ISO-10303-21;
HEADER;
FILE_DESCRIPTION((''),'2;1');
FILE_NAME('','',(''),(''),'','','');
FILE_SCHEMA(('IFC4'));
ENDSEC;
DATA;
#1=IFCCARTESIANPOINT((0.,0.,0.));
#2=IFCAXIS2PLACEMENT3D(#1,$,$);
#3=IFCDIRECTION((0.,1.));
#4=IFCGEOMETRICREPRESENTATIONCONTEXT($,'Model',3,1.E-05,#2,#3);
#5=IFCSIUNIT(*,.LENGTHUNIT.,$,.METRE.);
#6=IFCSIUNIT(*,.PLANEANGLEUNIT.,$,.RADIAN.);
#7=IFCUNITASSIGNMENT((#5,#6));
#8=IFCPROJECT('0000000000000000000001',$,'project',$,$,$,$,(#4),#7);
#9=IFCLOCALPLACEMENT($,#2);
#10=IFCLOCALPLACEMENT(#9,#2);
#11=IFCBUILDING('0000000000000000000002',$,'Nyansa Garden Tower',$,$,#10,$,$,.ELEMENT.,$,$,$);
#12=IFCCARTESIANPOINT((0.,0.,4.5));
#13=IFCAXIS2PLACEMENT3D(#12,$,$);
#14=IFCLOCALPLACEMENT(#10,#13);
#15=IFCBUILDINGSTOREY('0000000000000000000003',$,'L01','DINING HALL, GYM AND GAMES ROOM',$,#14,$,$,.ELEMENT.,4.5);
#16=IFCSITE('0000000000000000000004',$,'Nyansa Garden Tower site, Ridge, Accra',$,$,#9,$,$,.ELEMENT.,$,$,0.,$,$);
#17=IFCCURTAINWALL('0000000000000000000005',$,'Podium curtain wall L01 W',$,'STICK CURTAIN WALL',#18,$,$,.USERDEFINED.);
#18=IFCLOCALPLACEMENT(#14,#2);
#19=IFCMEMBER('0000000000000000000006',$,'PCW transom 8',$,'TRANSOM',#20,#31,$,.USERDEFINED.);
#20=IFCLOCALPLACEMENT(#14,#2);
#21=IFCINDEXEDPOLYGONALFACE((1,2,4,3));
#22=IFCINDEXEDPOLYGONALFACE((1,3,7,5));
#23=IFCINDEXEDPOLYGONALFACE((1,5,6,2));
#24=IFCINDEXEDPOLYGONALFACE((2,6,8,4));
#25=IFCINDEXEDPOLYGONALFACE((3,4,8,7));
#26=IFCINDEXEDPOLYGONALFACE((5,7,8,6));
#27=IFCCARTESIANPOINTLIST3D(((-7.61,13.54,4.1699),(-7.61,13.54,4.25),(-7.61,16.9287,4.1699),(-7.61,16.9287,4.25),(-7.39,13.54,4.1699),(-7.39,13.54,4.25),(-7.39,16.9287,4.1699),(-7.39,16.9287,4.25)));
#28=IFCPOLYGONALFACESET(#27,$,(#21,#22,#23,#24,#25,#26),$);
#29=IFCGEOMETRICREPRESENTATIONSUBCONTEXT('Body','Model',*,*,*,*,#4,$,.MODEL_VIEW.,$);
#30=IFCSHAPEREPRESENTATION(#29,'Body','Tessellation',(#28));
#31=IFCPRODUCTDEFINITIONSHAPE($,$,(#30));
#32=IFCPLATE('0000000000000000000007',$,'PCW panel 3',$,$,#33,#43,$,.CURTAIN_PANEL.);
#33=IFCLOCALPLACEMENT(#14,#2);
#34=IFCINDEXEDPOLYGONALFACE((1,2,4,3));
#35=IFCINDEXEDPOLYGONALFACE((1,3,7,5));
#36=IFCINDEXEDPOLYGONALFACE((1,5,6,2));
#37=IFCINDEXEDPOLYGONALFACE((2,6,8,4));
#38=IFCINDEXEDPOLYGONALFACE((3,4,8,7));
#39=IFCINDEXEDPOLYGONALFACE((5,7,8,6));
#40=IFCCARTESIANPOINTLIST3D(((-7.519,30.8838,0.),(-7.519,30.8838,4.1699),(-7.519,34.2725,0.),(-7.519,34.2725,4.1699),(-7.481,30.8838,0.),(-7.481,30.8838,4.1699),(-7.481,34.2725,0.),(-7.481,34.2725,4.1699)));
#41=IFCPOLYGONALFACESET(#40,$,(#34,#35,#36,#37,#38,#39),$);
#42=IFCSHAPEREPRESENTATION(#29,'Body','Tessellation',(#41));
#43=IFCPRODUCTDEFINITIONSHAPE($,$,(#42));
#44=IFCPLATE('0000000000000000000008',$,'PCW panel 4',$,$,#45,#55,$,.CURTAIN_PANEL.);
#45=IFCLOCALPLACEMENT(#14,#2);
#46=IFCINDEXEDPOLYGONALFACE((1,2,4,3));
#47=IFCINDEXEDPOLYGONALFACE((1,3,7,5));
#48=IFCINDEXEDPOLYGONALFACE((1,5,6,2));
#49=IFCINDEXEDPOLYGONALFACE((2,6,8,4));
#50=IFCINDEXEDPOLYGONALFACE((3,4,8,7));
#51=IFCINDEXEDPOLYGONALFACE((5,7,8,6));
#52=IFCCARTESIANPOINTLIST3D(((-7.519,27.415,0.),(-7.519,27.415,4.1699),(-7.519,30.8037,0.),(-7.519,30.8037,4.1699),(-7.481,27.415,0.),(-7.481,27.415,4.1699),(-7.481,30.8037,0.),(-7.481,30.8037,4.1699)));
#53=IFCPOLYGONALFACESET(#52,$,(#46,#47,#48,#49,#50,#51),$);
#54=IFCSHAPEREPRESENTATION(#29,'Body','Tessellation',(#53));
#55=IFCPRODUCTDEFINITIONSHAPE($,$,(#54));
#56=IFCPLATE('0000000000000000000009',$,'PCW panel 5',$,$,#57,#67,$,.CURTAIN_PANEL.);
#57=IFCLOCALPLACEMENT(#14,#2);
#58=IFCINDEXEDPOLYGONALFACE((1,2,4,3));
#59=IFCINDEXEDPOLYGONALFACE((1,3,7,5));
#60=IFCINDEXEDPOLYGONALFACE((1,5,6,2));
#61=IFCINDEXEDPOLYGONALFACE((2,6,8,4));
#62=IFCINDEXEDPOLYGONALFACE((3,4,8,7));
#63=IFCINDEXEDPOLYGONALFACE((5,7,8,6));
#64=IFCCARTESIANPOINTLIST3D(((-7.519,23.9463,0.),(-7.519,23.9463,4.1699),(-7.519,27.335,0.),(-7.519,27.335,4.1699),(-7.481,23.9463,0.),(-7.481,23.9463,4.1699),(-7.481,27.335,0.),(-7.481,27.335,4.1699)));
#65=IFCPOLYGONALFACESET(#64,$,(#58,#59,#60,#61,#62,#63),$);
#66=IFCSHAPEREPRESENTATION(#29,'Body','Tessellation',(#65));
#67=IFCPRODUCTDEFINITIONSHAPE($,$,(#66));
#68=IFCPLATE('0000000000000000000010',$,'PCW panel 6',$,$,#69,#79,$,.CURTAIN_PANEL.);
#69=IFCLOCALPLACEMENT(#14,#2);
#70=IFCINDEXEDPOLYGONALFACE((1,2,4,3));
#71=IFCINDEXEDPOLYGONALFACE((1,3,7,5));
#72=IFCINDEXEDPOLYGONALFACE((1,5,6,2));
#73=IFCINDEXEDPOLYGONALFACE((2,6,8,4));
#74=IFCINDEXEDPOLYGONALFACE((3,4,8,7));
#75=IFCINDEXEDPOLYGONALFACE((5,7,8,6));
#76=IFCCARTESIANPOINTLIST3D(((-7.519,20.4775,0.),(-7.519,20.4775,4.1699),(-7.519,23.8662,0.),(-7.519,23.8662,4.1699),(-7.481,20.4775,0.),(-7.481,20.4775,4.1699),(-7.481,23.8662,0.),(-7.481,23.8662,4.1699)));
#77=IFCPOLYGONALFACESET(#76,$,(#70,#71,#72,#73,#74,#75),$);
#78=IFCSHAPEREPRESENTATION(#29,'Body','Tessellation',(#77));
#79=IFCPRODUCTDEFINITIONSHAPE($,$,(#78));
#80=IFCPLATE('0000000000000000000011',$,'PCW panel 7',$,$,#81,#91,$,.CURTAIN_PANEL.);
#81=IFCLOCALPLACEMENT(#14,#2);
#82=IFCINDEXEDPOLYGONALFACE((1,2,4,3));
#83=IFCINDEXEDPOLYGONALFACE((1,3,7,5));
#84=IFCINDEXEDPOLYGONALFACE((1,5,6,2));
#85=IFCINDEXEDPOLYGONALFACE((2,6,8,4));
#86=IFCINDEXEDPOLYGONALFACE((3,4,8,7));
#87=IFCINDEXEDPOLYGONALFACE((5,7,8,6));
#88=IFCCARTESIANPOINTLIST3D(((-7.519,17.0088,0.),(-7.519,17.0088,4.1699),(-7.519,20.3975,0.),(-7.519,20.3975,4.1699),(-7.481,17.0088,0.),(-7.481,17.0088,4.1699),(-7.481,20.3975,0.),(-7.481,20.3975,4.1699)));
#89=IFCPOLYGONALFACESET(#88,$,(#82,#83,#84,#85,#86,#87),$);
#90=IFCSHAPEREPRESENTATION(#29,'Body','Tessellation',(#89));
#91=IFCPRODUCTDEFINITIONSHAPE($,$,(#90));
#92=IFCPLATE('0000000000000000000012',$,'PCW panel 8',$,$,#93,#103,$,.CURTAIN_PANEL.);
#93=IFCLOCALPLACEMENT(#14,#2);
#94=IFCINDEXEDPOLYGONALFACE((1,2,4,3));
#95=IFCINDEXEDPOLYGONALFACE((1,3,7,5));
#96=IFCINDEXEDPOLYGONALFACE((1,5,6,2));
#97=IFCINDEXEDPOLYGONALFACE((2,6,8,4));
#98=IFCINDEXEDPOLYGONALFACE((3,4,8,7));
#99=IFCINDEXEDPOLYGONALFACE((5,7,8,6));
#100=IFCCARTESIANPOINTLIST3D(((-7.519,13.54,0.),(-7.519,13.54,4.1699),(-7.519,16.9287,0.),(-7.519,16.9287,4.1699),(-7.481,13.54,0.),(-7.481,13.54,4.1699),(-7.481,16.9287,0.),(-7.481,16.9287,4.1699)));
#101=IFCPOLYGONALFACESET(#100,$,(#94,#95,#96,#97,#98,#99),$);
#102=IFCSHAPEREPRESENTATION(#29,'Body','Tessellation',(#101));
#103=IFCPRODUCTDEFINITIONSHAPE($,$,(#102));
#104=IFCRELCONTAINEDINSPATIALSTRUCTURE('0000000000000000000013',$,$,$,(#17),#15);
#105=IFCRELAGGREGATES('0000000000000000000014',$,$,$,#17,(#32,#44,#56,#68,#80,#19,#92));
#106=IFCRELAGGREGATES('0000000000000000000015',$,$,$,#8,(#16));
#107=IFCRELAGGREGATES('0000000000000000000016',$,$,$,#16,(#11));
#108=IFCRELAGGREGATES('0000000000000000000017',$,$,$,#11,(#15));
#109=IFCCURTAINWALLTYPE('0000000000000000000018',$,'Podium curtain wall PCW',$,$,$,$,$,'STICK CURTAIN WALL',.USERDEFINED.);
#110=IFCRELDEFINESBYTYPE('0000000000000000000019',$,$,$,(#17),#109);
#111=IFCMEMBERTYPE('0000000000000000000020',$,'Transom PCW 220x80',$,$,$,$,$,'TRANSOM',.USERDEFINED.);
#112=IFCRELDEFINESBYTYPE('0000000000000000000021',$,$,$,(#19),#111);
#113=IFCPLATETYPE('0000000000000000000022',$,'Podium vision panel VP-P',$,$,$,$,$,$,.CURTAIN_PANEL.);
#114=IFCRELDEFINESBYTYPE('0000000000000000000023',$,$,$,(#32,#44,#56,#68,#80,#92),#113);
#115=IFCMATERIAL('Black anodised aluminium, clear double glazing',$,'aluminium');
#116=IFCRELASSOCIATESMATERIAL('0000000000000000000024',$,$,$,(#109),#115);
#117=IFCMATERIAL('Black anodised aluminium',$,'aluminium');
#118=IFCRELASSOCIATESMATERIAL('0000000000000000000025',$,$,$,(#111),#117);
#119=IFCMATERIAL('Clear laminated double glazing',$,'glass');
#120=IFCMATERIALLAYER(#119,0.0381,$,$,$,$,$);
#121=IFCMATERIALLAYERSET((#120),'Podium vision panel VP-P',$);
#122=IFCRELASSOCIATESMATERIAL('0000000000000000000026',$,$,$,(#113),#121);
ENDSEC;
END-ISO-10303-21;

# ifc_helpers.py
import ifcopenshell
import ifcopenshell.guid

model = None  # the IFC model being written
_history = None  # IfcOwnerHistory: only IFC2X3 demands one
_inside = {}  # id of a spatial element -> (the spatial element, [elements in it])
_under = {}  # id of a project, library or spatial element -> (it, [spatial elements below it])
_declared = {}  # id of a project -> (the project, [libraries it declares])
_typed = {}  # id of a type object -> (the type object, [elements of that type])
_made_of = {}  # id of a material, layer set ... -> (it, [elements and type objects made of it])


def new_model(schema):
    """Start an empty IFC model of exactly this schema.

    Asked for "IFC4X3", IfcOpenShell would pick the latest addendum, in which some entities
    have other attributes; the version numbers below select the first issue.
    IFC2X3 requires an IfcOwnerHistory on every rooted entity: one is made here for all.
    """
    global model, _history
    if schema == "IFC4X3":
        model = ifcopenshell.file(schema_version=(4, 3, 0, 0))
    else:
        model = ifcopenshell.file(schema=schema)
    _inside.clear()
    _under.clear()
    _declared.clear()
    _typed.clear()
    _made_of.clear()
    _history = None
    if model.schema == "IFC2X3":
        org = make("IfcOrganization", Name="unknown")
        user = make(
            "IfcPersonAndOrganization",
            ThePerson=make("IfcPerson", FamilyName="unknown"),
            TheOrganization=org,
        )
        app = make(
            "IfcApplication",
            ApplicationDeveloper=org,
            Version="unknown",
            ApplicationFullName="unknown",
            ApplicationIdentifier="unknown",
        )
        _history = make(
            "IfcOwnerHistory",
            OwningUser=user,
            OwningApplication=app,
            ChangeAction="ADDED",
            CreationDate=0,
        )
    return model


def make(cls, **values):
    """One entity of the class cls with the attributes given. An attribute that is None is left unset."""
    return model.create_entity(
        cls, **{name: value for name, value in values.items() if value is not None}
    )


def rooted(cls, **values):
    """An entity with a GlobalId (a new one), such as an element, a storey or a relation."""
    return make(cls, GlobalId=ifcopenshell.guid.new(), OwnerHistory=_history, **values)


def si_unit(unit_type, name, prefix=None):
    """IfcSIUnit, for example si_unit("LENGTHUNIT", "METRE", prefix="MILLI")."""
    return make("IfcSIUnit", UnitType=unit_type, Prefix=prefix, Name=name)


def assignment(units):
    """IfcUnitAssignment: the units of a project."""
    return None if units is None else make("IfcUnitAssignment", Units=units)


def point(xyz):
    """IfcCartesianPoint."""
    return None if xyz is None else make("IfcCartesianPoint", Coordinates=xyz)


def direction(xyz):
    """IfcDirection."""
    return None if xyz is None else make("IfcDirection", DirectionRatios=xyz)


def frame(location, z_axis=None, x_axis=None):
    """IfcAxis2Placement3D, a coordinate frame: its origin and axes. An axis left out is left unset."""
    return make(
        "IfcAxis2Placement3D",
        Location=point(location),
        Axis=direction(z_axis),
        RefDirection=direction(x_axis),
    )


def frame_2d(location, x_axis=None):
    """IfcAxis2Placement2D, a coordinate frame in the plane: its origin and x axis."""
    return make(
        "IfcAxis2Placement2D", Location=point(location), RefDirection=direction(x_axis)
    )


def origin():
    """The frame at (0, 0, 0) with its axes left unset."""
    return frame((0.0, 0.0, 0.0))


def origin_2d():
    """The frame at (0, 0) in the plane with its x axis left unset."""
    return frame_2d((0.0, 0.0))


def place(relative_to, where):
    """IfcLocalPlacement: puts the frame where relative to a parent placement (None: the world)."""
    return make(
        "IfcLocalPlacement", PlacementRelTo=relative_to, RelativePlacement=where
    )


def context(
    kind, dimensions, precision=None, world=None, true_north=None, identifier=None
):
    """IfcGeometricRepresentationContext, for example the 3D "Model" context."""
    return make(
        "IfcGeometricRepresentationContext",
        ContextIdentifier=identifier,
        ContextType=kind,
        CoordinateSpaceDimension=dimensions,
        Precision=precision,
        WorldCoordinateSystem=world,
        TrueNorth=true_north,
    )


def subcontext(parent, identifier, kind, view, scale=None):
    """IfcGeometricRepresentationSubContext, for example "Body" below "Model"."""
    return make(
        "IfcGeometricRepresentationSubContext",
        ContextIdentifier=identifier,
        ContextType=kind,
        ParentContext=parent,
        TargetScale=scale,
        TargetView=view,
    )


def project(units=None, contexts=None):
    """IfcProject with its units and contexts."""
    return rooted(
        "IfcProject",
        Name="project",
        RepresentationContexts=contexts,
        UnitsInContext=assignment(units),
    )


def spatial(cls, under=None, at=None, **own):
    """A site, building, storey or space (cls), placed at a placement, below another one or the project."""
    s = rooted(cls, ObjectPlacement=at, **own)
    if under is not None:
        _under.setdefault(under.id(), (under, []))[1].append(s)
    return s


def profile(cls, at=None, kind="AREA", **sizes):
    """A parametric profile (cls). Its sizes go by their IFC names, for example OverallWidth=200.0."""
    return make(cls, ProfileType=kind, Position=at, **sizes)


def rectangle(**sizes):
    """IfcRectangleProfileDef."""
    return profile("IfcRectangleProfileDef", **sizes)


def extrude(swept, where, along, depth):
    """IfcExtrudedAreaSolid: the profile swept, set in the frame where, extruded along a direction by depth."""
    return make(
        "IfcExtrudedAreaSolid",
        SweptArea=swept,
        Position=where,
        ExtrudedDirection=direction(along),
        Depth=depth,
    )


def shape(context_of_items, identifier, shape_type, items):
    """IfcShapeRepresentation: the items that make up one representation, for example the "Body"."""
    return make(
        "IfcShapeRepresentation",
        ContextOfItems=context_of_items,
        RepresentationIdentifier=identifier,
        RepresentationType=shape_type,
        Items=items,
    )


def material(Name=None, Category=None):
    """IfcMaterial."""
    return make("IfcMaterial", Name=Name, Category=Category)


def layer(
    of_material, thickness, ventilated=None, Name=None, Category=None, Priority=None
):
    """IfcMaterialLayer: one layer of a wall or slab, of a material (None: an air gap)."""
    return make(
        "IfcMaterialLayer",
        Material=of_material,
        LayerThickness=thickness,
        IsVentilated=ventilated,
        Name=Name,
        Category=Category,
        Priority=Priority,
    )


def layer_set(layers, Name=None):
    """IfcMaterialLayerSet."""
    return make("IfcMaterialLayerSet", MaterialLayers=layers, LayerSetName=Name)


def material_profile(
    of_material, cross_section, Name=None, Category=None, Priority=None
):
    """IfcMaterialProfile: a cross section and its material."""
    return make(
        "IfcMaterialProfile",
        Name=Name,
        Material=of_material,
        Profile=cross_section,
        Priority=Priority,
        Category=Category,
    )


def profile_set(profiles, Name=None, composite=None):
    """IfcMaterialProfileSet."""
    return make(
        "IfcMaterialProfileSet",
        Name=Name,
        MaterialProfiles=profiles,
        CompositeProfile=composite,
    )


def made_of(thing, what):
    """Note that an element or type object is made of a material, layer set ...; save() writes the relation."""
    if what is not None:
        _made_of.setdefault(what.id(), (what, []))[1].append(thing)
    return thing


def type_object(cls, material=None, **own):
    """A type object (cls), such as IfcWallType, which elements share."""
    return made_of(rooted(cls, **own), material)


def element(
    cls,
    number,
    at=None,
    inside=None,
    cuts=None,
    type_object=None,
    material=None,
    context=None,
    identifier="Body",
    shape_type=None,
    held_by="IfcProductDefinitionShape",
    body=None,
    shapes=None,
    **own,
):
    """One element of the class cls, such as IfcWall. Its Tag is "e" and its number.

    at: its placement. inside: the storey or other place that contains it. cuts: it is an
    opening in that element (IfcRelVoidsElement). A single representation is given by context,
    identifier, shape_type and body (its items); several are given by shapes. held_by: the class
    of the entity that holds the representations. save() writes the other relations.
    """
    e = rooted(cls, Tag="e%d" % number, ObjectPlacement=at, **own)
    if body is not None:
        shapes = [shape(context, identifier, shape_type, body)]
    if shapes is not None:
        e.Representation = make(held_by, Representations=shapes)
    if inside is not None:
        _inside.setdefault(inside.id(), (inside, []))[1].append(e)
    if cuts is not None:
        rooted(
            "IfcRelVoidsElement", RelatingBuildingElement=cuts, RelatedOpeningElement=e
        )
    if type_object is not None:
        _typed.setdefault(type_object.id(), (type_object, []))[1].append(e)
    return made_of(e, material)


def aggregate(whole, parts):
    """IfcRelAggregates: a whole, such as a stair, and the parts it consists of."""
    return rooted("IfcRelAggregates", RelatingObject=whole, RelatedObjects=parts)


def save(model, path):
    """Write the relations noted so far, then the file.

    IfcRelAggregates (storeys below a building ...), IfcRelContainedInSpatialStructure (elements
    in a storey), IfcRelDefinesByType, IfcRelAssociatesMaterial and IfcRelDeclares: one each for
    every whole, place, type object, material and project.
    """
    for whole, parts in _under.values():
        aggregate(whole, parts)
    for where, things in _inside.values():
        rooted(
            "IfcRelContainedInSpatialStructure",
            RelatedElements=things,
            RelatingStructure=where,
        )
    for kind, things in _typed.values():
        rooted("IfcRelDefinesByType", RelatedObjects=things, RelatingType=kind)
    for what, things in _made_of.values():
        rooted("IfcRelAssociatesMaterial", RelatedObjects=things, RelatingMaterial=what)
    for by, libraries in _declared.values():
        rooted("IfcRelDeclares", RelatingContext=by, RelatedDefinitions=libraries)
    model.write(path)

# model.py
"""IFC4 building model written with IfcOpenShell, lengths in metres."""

from ifc_helpers import new_model, si_unit, direction, frame, origin, origin_2d, place, context, subcontext, project, spatial, rectangle, extrude, material, layer, layer_set, material_profile, profile_set, type_object, element, aggregate, save


model = new_model("IFC4")

# Units and contexts
model_context = context("Model", 3, precision=1e-05, world=origin(), true_north=direction((0.0, 1.0)))
body_context = subcontext(model_context, "Body", "Model", "MODEL_VIEW")
ifc_project = project(units=[si_unit("LENGTHUNIT", "METRE"), si_unit("PLANEANGLEUNIT", "RADIAN")], contexts=[model_context])

# Site, building, storey
site_placement = place(None, origin())
site = spatial("IfcSite", under=ifc_project, at=site_placement, Name="Nyansa Garden Tower site, Ridge, Accra", CompositionType="ELEMENT", RefElevation=0.0)
building_placement = place(site_placement, origin())
building = spatial("IfcBuilding", under=site, at=building_placement, Name="Nyansa Garden Tower", CompositionType="ELEMENT")
storey_placement = place(building_placement, frame((0.0, 0.0, 4.5)))
storey = spatial("IfcBuildingStorey", under=building, at=storey_placement, Name="L01", Description="DINING HALL, GYM AND GAMES ROOM", CompositionType="ELEMENT", Elevation=4.5)

# Curtain wall
ifc_material_1 = material(Name="Black anodised aluminium, clear double glazing", Category="aluminium")
curtain_wall_type = type_object("IfcCurtainWallType", Name="Podium curtain wall PCW", ElementType="STICK CURTAIN WALL", PredefinedType="USERDEFINED", material=ifc_material_1)
curtain_wall_placement = place(storey_placement, origin())
curtain_wall = element("IfcCurtainWall", 1, at=curtain_wall_placement, inside=storey, type_object=curtain_wall_type, Name="Podium curtain wall L01 W", ObjectType="STICK CURTAIN WALL", PredefinedType="USERDEFINED")

# Member
ifc_material_2 = material(Name="Black anodised aluminium", Category="aluminium")
ifc_material_profile_1 = material_profile(ifc_material_2, rectangle(XDim=0.22, YDim=0.0801, at=origin_2d()), Name="Transom 220x80")
ifc_profile_set_1 = profile_set([ifc_material_profile_1], Name="Black anodised aluminium")
member_type_1 = type_object("IfcMemberType", Name="Transom PCW 220x80", ElementType="TRANSOM", PredefinedType="USERDEFINED", material=ifc_profile_set_1)
member_1_placement = place(storey_placement, frame((-7.5, 16.9287, 4.21), z_axis=(0.0, -1.0, 0.0), x_axis=(1.0, 0.0, 0.0)))
member_1 = element("IfcMember", 2, at=member_1_placement, type_object=member_type_1, Name="PCW transom 8", ObjectType="TRANSOM", PredefinedType="USERDEFINED", context=body_context, shape_type="SweptSolid", body=[
    extrude(rectangle(XDim=0.22, YDim=0.0801, at=origin_2d()), origin(), (0.0, 0.0, 1.0), 3.3887),
])

# Plates
ifc_material_3 = material(Name="Clear laminated double glazing", Category="glass")
ifc_layer = layer(ifc_material_3, 0.0381)
ifc_layer_set = layer_set([ifc_layer], Name="Podium vision panel VP-P")
plate_type = type_object("IfcPlateType", Name="Podium vision panel VP-P", PredefinedType="CURTAIN_PANEL", material=ifc_layer_set)
plate_1_placement = place(storey_placement, frame((-7.5, 32.5781, 0.0), z_axis=(0.0, 0.0, 1.0), x_axis=(0.0, -1.0, 0.0)))
plate_1 = element("IfcPlate", 3, at=plate_1_placement, type_object=plate_type, Name="PCW panel 3", PredefinedType="CURTAIN_PANEL", context=body_context, shape_type="SweptSolid", body=[
    extrude(rectangle(XDim=3.3887, YDim=0.0381, at=origin_2d()), origin(), (0.0, 0.0, 1.0), 4.1699),
])
plate_2_placement = place(storey_placement, frame((-7.5, 29.1094, 0.0), z_axis=(0.0, 0.0, 1.0), x_axis=(0.0, -1.0, 0.0)))
plate_2 = element("IfcPlate", 4, at=plate_2_placement, type_object=plate_type, Name="PCW panel 4", PredefinedType="CURTAIN_PANEL", context=body_context, shape_type="SweptSolid", body=[
    extrude(rectangle(XDim=3.3887, YDim=0.0381, at=origin_2d()), origin(), (0.0, 0.0, 1.0), 4.1699),
])
plate_3_placement = place(storey_placement, frame((-7.5, 25.6406, 0.0), z_axis=(0.0, 0.0, 1.0), x_axis=(0.0, -1.0, 0.0)))
plate_3 = element("IfcPlate", 5, at=plate_3_placement, type_object=plate_type, Name="PCW panel 5", PredefinedType="CURTAIN_PANEL", context=body_context, shape_type="SweptSolid", body=[
    extrude(rectangle(XDim=3.3887, YDim=0.0381, at=origin_2d()), origin(), (0.0, 0.0, 1.0), 4.1699),
])
plate_4_placement = place(storey_placement, frame((-7.5, 22.1719, 0.0), z_axis=(0.0, 0.0, 1.0), x_axis=(0.0, -1.0, 0.0)))
plate_4 = element("IfcPlate", 6, at=plate_4_placement, type_object=plate_type, Name="PCW panel 6", PredefinedType="CURTAIN_PANEL", context=body_context, shape_type="SweptSolid", body=[
    extrude(rectangle(XDim=3.3887, YDim=0.0381, at=origin_2d()), origin(), (0.0, 0.0, 1.0), 4.1699),
])
plate_5_placement = place(storey_placement, frame((-7.5, 18.7031, 0.0), z_axis=(0.0, 0.0, 1.0), x_axis=(0.0, -1.0, 0.0)))
plate_5 = element("IfcPlate", 7, at=plate_5_placement, type_object=plate_type, Name="PCW panel 7", PredefinedType="CURTAIN_PANEL", context=body_context, shape_type="SweptSolid", body=[
    extrude(rectangle(XDim=3.3887, YDim=0.0381, at=origin_2d()), origin(), (0.0, 0.0, 1.0), 4.1699),
])
plate_6_placement = place(storey_placement, frame((-7.5, 15.2344, 0.0), z_axis=(0.0, 0.0, 1.0), x_axis=(0.0, -1.0, 0.0)))
plate_6 = element("IfcPlate", 8, at=plate_6_placement, type_object=plate_type, Name="PCW panel 8", PredefinedType="CURTAIN_PANEL", context=body_context, shape_type="SweptSolid", body=[
    extrude(rectangle(XDim=3.3887, YDim=0.0381, at=origin_2d()), origin(), (0.0, 0.0, 1.0), 4.1699),
])
aggregate(curtain_wall, [plate_1, plate_2, plate_3, plate_4, plate_5, member_1, plate_6])

save(model, "model.ifc")
